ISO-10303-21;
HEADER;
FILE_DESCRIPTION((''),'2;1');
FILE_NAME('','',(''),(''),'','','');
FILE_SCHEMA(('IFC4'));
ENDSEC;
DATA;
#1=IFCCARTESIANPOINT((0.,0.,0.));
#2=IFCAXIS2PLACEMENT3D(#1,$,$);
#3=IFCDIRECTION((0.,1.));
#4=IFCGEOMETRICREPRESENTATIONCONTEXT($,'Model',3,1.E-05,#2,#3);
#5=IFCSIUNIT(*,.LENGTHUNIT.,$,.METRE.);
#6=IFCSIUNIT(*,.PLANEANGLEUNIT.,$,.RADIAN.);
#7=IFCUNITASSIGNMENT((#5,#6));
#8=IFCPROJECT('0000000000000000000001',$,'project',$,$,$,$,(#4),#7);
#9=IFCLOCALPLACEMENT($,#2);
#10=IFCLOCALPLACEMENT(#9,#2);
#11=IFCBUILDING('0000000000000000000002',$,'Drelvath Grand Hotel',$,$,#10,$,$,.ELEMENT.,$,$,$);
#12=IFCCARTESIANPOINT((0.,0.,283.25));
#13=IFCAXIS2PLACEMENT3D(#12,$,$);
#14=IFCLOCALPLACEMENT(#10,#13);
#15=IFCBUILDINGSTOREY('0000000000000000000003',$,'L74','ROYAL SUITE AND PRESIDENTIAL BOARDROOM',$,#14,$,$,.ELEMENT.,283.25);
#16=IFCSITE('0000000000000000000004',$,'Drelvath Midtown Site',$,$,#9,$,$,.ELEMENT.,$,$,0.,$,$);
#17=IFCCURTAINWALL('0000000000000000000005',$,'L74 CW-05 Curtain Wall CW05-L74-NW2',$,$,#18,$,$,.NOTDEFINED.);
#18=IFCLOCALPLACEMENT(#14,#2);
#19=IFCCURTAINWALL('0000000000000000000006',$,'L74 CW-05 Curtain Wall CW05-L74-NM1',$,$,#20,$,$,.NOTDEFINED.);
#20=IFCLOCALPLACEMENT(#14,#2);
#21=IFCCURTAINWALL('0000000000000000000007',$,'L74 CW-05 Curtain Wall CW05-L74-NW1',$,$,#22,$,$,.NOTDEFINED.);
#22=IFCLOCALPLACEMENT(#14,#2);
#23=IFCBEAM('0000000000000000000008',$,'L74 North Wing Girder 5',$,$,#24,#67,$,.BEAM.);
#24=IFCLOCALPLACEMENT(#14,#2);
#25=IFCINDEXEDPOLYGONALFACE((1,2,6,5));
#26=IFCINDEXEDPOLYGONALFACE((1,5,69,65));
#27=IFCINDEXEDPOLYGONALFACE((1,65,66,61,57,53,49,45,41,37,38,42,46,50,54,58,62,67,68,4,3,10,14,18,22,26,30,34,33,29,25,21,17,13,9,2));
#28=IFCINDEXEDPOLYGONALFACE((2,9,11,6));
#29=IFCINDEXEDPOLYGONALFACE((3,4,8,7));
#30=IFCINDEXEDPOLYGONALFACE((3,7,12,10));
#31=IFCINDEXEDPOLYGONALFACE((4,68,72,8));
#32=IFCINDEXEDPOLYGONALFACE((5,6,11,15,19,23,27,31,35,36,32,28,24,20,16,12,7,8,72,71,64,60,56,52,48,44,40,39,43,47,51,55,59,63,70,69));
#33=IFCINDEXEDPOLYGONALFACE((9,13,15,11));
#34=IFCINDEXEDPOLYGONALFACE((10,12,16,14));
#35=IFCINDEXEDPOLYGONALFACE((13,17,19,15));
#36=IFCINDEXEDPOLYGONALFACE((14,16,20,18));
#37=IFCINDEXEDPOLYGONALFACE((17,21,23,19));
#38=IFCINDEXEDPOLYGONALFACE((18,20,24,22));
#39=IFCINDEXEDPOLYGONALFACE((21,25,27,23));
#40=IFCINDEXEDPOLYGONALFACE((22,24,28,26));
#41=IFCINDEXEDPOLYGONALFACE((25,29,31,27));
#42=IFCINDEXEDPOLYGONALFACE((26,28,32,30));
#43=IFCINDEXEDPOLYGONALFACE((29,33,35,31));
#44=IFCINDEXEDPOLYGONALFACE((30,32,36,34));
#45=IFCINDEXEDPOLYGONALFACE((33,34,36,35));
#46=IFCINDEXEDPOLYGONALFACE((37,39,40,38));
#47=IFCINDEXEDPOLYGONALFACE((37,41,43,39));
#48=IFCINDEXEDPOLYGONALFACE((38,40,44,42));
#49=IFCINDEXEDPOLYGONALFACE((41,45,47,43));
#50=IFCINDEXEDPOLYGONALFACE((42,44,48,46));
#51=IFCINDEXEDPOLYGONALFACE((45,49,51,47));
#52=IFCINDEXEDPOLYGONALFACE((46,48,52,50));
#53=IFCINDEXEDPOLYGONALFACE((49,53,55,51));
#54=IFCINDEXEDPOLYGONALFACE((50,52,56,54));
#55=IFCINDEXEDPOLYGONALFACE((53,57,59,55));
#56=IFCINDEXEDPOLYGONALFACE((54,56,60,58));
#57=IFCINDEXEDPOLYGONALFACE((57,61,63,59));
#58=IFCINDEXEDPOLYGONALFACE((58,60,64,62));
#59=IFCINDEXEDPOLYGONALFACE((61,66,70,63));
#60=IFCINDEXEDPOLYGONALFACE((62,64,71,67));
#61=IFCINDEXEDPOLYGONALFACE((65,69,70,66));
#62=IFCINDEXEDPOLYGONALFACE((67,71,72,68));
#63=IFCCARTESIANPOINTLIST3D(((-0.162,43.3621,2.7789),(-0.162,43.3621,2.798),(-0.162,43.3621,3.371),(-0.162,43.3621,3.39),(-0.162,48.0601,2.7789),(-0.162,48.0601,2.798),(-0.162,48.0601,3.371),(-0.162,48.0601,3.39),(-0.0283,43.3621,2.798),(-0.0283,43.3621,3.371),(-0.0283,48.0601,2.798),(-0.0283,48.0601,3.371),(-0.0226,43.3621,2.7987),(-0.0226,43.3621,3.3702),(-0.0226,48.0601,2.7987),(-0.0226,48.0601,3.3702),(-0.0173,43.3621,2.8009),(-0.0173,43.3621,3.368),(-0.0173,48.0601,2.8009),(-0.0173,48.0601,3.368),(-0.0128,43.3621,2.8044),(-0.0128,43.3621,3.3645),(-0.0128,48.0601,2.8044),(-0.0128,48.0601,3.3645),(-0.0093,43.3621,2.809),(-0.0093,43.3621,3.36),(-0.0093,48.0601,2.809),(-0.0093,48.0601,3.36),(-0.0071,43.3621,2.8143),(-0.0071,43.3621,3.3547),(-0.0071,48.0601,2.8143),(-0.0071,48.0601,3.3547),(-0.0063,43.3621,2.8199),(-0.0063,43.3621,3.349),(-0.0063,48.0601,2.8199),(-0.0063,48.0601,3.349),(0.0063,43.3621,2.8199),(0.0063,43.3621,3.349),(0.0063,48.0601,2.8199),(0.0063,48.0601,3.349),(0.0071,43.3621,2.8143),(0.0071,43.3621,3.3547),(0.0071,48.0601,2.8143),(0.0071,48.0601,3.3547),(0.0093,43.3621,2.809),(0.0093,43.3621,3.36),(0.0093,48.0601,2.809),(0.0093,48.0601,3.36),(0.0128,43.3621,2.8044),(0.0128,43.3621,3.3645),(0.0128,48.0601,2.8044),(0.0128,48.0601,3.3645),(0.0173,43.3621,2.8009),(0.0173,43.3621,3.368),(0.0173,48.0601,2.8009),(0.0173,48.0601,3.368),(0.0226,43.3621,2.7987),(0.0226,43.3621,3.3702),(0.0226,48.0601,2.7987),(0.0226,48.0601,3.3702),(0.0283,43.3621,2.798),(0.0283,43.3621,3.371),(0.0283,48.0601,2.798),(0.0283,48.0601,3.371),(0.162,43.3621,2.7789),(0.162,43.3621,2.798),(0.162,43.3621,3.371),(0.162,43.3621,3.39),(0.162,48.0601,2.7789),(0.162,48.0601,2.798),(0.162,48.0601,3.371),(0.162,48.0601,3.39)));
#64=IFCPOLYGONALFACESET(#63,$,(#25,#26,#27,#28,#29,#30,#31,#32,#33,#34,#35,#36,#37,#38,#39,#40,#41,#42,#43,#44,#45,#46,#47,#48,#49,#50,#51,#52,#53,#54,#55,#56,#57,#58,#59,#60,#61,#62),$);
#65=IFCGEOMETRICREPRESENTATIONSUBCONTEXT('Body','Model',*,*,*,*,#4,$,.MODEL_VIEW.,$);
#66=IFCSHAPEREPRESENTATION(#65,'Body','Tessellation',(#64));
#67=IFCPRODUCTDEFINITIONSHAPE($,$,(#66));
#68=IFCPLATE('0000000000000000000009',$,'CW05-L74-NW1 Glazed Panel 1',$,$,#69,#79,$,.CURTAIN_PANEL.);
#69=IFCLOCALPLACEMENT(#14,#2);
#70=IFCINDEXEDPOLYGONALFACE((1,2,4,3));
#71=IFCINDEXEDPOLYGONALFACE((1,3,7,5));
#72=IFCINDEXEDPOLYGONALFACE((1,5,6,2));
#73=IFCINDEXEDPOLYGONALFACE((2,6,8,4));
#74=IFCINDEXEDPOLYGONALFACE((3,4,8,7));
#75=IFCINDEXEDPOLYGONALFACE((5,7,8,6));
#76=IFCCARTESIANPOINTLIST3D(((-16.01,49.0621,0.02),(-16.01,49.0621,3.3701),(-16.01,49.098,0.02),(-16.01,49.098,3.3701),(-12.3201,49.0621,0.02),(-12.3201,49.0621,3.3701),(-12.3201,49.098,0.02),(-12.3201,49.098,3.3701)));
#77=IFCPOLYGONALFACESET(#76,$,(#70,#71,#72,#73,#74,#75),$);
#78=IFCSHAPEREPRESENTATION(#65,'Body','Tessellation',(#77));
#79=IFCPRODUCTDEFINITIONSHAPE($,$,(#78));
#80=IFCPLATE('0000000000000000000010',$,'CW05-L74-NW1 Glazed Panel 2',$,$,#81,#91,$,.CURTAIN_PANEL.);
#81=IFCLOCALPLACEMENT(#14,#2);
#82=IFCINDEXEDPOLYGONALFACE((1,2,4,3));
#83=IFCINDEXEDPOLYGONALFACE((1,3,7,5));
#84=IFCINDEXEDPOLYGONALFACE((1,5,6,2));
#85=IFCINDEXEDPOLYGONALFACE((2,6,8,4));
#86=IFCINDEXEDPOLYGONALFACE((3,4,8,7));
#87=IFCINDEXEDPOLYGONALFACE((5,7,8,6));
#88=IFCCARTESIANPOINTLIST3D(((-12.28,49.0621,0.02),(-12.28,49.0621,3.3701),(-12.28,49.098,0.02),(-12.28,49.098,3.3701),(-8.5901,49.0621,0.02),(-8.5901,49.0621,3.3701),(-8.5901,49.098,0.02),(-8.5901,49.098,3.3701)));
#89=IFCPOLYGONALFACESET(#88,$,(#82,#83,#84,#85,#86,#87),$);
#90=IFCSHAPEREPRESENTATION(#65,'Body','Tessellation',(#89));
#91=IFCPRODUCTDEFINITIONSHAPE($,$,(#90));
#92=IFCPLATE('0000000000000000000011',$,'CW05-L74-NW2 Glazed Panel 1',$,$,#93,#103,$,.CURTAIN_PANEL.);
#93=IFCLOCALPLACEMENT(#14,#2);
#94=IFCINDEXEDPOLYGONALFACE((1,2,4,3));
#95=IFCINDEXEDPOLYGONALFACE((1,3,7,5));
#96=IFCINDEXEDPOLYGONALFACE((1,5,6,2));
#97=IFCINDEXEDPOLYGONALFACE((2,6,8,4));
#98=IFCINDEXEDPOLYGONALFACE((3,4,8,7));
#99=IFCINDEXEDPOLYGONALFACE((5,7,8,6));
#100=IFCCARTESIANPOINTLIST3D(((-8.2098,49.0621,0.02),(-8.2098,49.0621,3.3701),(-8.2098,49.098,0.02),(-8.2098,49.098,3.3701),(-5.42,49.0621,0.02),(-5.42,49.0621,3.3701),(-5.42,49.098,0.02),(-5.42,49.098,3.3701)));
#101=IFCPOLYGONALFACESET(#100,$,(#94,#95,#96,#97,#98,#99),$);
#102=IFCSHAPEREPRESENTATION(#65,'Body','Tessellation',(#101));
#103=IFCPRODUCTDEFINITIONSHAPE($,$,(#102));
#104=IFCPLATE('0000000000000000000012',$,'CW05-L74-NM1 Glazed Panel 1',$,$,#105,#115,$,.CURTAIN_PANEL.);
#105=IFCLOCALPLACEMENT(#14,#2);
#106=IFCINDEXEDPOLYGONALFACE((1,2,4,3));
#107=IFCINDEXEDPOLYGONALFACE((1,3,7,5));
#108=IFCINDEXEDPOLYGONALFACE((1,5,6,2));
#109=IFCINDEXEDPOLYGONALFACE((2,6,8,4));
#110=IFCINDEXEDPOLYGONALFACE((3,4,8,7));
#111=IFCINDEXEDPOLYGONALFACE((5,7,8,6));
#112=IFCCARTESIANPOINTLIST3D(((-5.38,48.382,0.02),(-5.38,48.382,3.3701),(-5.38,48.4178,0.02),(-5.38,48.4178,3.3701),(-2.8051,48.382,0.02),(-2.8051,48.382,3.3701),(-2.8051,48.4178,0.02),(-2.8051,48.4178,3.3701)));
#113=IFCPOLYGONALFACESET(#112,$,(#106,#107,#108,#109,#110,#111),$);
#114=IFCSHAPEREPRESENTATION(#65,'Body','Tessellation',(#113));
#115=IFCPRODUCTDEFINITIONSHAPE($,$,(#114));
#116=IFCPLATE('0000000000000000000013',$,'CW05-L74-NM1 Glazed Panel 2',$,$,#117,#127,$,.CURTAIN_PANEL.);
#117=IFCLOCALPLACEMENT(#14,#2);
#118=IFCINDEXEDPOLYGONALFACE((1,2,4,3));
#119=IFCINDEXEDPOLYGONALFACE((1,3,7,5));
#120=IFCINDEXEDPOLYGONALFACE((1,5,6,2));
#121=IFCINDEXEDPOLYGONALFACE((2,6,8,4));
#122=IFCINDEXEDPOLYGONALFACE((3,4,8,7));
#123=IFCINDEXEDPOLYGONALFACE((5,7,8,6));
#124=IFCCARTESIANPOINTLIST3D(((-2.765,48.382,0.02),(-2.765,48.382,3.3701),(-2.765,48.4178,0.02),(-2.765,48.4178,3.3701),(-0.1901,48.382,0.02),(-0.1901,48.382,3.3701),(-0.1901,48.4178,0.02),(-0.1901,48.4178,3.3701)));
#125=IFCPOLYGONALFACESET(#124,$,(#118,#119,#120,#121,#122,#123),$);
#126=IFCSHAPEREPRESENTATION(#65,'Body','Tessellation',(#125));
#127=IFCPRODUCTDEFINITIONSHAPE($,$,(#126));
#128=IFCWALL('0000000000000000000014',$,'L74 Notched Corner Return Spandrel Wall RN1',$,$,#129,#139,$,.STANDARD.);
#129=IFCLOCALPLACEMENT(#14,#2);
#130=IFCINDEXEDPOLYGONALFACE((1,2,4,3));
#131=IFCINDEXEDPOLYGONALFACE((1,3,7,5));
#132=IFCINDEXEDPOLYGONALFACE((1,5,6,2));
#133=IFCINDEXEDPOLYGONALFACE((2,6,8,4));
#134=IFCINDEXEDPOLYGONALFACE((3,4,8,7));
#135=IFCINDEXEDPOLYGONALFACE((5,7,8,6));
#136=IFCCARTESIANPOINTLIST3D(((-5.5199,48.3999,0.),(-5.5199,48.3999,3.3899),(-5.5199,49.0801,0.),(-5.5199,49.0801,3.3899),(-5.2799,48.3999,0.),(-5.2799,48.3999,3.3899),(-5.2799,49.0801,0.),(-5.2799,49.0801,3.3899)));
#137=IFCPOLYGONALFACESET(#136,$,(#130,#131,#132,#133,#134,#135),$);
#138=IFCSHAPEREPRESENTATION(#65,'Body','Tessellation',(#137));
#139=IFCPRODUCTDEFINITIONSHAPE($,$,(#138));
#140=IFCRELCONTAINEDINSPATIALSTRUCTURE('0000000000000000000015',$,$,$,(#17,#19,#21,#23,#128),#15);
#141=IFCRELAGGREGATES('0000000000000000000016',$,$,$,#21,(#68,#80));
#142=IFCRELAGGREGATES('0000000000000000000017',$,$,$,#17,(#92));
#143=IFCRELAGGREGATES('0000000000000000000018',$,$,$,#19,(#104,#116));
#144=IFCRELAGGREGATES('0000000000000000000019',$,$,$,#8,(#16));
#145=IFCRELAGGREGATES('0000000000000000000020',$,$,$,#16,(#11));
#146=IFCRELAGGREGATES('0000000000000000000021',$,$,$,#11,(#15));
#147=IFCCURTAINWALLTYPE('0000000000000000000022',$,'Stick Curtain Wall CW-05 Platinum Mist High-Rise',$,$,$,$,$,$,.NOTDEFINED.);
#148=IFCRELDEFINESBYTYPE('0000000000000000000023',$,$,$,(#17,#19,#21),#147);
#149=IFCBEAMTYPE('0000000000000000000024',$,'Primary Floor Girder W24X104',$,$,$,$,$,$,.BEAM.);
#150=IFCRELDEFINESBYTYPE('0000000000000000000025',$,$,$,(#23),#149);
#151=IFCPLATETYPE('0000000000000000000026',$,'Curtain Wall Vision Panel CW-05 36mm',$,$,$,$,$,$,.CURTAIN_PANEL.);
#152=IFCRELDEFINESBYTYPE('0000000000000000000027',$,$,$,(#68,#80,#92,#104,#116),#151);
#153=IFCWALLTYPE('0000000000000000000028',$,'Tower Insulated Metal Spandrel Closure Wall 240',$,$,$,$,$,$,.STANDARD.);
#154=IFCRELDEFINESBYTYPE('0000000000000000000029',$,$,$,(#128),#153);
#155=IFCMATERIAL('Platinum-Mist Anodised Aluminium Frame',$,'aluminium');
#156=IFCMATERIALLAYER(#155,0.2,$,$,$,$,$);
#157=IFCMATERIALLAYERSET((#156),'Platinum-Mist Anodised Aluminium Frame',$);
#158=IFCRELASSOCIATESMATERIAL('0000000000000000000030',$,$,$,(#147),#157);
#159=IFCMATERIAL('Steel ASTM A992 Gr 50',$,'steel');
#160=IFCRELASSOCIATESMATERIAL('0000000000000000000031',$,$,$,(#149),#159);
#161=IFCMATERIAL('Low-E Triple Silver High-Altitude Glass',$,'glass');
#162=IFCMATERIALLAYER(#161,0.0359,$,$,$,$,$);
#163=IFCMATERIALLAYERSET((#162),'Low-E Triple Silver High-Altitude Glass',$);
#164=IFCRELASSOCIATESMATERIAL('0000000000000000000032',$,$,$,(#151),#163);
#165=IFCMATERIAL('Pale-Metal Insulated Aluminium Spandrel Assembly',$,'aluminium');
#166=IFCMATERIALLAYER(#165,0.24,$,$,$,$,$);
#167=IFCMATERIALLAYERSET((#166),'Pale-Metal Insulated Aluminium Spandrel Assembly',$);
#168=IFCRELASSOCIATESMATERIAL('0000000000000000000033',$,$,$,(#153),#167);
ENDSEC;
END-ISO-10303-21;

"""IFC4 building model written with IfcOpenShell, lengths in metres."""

from ifc_helpers import new_model, si_unit, direction, frame, frame_2d, origin, origin_2d, place, context, subcontext, project, spatial, rectangle, i_section, extrude, material, layer, layer_set, material_profile, profile_set, type_object, element, aggregate, save


model = new_model("IFC4")

# Units and contexts
model_context = context("Model", 3, precision=1e-05, world=origin(), true_north=direction((0.0, 1.0)))
body_context = subcontext(model_context, "Body", "Model", "MODEL_VIEW")
ifc_project = project(units=[si_unit("LENGTHUNIT", "METRE"), si_unit("PLANEANGLEUNIT", "RADIAN")], contexts=[model_context])

# Site, building, storey
site_placement = place(None, origin())
site = spatial("IfcSite", under=ifc_project, at=site_placement, Name="Drelvath Midtown Site", CompositionType="ELEMENT", RefElevation=0.0)
building_placement = place(site_placement, origin())
building = spatial("IfcBuilding", under=site, at=building_placement, Name="Drelvath Grand Hotel", CompositionType="ELEMENT")
storey_placement = place(building_placement, frame((0.0, 0.0, 283.25)))
storey = spatial("IfcBuildingStorey", under=building, at=storey_placement, Name="L74", Description="ROYAL SUITE AND PRESIDENTIAL BOARDROOM", CompositionType="ELEMENT", Elevation=283.25)

# Curtain walls
ifc_material_1 = material(Name="Platinum-Mist Anodised Aluminium Frame", Category="aluminium")
ifc_layer_1 = layer(ifc_material_1, 0.2)
ifc_layer_set_1 = layer_set([ifc_layer_1], Name="Platinum-Mist Anodised Aluminium Frame")
curtain_wall_type = type_object("IfcCurtainWallType", Name="Stick Curtain Wall CW-05 Platinum Mist High-Rise", PredefinedType="NOTDEFINED", material=ifc_layer_set_1)
curtain_wall_1_placement = place(storey_placement, origin())
curtain_wall_1 = element("IfcCurtainWall", 1, at=curtain_wall_1_placement, inside=storey, type_object=curtain_wall_type, Name="L74 CW-05 Curtain Wall CW05-L74-NW2", PredefinedType="NOTDEFINED")
curtain_wall_2_placement = place(storey_placement, origin())
curtain_wall_2 = element("IfcCurtainWall", 2, at=curtain_wall_2_placement, inside=storey, type_object=curtain_wall_type, Name="L74 CW-05 Curtain Wall CW05-L74-NM1", PredefinedType="NOTDEFINED")

# Curtain wall
curtain_wall_3_placement = place(storey_placement, origin())
curtain_wall_3 = element("IfcCurtainWall", 3, at=curtain_wall_3_placement, inside=storey, type_object=curtain_wall_type, Name="L74 CW-05 Curtain Wall CW05-L74-NW1", PredefinedType="NOTDEFINED")

# Beam
ifc_material_2 = material(Name="Steel ASTM A992 Gr 50", Category="steel")
ifc_material_profile_1 = material_profile(ifc_material_2, i_section(OverallWidth=0.324, OverallDepth=0.6111, WebThickness=0.0127, FlangeThickness=0.019, FilletRadius=0.022, at=origin_2d()), Name="W24X104")
ifc_profile_set_1 = profile_set([ifc_material_profile_1], Name="Steel ASTM A992 Gr 50")
beam_type_1 = type_object("IfcBeamType", Name="Primary Floor Girder W24X104", PredefinedType="BEAM", material=ifc_profile_set_1)
beam_placement = place(storey_placement, frame((0.0, 43.3621, 3.0845), z_axis=(0.0, 1.0, 0.0), x_axis=(-1.0, 0.0, 0.0)))
element("IfcBeam", 4, at=beam_placement, inside=storey, type_object=beam_type_1, Name="L74 North Wing Girder 5", PredefinedType="BEAM", context=body_context, shape_type="SweptSolid", body=[
    extrude(i_section(OverallWidth=0.324, OverallDepth=0.6111, WebThickness=0.0127, FlangeThickness=0.019, FilletRadius=0.022, at=origin_2d()), origin(), (0.0, 0.0, 1.0), 4.698),
])

# Plates
ifc_material_3 = material(Name="Low-E Triple Silver High-Altitude Glass", Category="glass")
ifc_layer_2 = layer(ifc_material_3, 0.0359)
ifc_layer_set_2 = layer_set([ifc_layer_2], Name="Low-E Triple Silver High-Altitude Glass")
plate_type = type_object("IfcPlateType", Name="Curtain Wall Vision Panel CW-05 36mm", PredefinedType="CURTAIN_PANEL", material=ifc_layer_set_2)
plate_1_placement = place(storey_placement, frame((-14.165, 49.0801, 0.02), z_axis=(0.0, 0.0, 1.0), x_axis=(1.0, 0.0, 0.0)))
plate_1 = element("IfcPlate", 5, at=plate_1_placement, type_object=plate_type, Name="CW05-L74-NW1 Glazed Panel 1", PredefinedType="CURTAIN_PANEL", context=body_context, shape_type="SweptSolid", body=[
    extrude(rectangle(XDim=3.6899, YDim=0.0359, at=origin_2d()), origin(), (0.0, 0.0, 1.0), 3.3501),
])
plate_2_placement = place(storey_placement, frame((-10.4351, 49.0801, 0.02), z_axis=(0.0, 0.0, 1.0), x_axis=(1.0, 0.0, 0.0)))
plate_2 = element("IfcPlate", 6, at=plate_2_placement, type_object=plate_type, Name="CW05-L74-NW1 Glazed Panel 2", PredefinedType="CURTAIN_PANEL", context=body_context, shape_type="SweptSolid", body=[
    extrude(rectangle(XDim=3.6899, YDim=0.0359, at=origin_2d()), origin(), (0.0, 0.0, 1.0), 3.3501),
])
aggregate(curtain_wall_3, [plate_1, plate_2])
plate_3_placement = place(storey_placement, frame((-6.8149, 49.0801, 0.02), z_axis=(0.0, 0.0, 1.0), x_axis=(1.0, 0.0, 0.0)))
plate_3 = element("IfcPlate", 7, at=plate_3_placement, type_object=plate_type, Name="CW05-L74-NW2 Glazed Panel 1", PredefinedType="CURTAIN_PANEL", context=body_context, shape_type="SweptSolid", body=[
    extrude(rectangle(XDim=2.7898, YDim=0.0359, at=origin_2d()), origin(), (0.0, 0.0, 1.0), 3.3501),
])
aggregate(curtain_wall_1, [plate_3])
plate_4_placement = place(storey_placement, frame((-4.0925, 48.3999, 0.02), z_axis=(0.0, 0.0, 1.0), x_axis=(1.0, 0.0, 0.0)))
plate_4 = element("IfcPlate", 8, at=plate_4_placement, type_object=plate_type, Name="CW05-L74-NM1 Glazed Panel 1", PredefinedType="CURTAIN_PANEL", context=body_context, shape_type="SweptSolid", body=[
    extrude(rectangle(XDim=2.575, YDim=0.0359, at=origin_2d()), origin(), (0.0, 0.0, 1.0), 3.3501),
])
plate_5_placement = place(storey_placement, frame((-1.4775, 48.3999, 0.02), z_axis=(0.0, 0.0, 1.0), x_axis=(1.0, 0.0, 0.0)))
plate_5 = element("IfcPlate", 9, at=plate_5_placement, type_object=plate_type, Name="CW05-L74-NM1 Glazed Panel 2", PredefinedType="CURTAIN_PANEL", context=body_context, shape_type="SweptSolid", body=[
    extrude(rectangle(XDim=2.575, YDim=0.0359, at=origin_2d()), origin(), (0.0, 0.0, 1.0), 3.3501),
])
aggregate(curtain_wall_2, [plate_4, plate_5])

# Wall
ifc_material_4 = material(Name="Pale-Metal Insulated Aluminium Spandrel Assembly", Category="aluminium")
ifc_layer_3 = layer(ifc_material_4, 0.24)
ifc_layer_set_3 = layer_set([ifc_layer_3], Name="Pale-Metal Insulated Aluminium Spandrel Assembly")
wall_type = type_object("IfcWallType", Name="Tower Insulated Metal Spandrel Closure Wall 240", PredefinedType="STANDARD", material=ifc_layer_set_3)
wall_placement = place(storey_placement, frame((-5.3999, 49.0801, 0.0), z_axis=(0.0, 0.0, 1.0), x_axis=(0.0, -1.0, 0.0)))
element("IfcWall", 10, at=wall_placement, inside=storey, type_object=wall_type, Name="L74 Notched Corner Return Spandrel Wall RN1", PredefinedType="STANDARD", context=body_context, shape_type="SweptSolid", body=[
    extrude(rectangle(XDim=0.6802, YDim=0.24, at=frame_2d((0.3401, 0.0))), origin(), (0.0, 0.0, 1.0), 3.3899),
])

save(model, "model.ifc")
